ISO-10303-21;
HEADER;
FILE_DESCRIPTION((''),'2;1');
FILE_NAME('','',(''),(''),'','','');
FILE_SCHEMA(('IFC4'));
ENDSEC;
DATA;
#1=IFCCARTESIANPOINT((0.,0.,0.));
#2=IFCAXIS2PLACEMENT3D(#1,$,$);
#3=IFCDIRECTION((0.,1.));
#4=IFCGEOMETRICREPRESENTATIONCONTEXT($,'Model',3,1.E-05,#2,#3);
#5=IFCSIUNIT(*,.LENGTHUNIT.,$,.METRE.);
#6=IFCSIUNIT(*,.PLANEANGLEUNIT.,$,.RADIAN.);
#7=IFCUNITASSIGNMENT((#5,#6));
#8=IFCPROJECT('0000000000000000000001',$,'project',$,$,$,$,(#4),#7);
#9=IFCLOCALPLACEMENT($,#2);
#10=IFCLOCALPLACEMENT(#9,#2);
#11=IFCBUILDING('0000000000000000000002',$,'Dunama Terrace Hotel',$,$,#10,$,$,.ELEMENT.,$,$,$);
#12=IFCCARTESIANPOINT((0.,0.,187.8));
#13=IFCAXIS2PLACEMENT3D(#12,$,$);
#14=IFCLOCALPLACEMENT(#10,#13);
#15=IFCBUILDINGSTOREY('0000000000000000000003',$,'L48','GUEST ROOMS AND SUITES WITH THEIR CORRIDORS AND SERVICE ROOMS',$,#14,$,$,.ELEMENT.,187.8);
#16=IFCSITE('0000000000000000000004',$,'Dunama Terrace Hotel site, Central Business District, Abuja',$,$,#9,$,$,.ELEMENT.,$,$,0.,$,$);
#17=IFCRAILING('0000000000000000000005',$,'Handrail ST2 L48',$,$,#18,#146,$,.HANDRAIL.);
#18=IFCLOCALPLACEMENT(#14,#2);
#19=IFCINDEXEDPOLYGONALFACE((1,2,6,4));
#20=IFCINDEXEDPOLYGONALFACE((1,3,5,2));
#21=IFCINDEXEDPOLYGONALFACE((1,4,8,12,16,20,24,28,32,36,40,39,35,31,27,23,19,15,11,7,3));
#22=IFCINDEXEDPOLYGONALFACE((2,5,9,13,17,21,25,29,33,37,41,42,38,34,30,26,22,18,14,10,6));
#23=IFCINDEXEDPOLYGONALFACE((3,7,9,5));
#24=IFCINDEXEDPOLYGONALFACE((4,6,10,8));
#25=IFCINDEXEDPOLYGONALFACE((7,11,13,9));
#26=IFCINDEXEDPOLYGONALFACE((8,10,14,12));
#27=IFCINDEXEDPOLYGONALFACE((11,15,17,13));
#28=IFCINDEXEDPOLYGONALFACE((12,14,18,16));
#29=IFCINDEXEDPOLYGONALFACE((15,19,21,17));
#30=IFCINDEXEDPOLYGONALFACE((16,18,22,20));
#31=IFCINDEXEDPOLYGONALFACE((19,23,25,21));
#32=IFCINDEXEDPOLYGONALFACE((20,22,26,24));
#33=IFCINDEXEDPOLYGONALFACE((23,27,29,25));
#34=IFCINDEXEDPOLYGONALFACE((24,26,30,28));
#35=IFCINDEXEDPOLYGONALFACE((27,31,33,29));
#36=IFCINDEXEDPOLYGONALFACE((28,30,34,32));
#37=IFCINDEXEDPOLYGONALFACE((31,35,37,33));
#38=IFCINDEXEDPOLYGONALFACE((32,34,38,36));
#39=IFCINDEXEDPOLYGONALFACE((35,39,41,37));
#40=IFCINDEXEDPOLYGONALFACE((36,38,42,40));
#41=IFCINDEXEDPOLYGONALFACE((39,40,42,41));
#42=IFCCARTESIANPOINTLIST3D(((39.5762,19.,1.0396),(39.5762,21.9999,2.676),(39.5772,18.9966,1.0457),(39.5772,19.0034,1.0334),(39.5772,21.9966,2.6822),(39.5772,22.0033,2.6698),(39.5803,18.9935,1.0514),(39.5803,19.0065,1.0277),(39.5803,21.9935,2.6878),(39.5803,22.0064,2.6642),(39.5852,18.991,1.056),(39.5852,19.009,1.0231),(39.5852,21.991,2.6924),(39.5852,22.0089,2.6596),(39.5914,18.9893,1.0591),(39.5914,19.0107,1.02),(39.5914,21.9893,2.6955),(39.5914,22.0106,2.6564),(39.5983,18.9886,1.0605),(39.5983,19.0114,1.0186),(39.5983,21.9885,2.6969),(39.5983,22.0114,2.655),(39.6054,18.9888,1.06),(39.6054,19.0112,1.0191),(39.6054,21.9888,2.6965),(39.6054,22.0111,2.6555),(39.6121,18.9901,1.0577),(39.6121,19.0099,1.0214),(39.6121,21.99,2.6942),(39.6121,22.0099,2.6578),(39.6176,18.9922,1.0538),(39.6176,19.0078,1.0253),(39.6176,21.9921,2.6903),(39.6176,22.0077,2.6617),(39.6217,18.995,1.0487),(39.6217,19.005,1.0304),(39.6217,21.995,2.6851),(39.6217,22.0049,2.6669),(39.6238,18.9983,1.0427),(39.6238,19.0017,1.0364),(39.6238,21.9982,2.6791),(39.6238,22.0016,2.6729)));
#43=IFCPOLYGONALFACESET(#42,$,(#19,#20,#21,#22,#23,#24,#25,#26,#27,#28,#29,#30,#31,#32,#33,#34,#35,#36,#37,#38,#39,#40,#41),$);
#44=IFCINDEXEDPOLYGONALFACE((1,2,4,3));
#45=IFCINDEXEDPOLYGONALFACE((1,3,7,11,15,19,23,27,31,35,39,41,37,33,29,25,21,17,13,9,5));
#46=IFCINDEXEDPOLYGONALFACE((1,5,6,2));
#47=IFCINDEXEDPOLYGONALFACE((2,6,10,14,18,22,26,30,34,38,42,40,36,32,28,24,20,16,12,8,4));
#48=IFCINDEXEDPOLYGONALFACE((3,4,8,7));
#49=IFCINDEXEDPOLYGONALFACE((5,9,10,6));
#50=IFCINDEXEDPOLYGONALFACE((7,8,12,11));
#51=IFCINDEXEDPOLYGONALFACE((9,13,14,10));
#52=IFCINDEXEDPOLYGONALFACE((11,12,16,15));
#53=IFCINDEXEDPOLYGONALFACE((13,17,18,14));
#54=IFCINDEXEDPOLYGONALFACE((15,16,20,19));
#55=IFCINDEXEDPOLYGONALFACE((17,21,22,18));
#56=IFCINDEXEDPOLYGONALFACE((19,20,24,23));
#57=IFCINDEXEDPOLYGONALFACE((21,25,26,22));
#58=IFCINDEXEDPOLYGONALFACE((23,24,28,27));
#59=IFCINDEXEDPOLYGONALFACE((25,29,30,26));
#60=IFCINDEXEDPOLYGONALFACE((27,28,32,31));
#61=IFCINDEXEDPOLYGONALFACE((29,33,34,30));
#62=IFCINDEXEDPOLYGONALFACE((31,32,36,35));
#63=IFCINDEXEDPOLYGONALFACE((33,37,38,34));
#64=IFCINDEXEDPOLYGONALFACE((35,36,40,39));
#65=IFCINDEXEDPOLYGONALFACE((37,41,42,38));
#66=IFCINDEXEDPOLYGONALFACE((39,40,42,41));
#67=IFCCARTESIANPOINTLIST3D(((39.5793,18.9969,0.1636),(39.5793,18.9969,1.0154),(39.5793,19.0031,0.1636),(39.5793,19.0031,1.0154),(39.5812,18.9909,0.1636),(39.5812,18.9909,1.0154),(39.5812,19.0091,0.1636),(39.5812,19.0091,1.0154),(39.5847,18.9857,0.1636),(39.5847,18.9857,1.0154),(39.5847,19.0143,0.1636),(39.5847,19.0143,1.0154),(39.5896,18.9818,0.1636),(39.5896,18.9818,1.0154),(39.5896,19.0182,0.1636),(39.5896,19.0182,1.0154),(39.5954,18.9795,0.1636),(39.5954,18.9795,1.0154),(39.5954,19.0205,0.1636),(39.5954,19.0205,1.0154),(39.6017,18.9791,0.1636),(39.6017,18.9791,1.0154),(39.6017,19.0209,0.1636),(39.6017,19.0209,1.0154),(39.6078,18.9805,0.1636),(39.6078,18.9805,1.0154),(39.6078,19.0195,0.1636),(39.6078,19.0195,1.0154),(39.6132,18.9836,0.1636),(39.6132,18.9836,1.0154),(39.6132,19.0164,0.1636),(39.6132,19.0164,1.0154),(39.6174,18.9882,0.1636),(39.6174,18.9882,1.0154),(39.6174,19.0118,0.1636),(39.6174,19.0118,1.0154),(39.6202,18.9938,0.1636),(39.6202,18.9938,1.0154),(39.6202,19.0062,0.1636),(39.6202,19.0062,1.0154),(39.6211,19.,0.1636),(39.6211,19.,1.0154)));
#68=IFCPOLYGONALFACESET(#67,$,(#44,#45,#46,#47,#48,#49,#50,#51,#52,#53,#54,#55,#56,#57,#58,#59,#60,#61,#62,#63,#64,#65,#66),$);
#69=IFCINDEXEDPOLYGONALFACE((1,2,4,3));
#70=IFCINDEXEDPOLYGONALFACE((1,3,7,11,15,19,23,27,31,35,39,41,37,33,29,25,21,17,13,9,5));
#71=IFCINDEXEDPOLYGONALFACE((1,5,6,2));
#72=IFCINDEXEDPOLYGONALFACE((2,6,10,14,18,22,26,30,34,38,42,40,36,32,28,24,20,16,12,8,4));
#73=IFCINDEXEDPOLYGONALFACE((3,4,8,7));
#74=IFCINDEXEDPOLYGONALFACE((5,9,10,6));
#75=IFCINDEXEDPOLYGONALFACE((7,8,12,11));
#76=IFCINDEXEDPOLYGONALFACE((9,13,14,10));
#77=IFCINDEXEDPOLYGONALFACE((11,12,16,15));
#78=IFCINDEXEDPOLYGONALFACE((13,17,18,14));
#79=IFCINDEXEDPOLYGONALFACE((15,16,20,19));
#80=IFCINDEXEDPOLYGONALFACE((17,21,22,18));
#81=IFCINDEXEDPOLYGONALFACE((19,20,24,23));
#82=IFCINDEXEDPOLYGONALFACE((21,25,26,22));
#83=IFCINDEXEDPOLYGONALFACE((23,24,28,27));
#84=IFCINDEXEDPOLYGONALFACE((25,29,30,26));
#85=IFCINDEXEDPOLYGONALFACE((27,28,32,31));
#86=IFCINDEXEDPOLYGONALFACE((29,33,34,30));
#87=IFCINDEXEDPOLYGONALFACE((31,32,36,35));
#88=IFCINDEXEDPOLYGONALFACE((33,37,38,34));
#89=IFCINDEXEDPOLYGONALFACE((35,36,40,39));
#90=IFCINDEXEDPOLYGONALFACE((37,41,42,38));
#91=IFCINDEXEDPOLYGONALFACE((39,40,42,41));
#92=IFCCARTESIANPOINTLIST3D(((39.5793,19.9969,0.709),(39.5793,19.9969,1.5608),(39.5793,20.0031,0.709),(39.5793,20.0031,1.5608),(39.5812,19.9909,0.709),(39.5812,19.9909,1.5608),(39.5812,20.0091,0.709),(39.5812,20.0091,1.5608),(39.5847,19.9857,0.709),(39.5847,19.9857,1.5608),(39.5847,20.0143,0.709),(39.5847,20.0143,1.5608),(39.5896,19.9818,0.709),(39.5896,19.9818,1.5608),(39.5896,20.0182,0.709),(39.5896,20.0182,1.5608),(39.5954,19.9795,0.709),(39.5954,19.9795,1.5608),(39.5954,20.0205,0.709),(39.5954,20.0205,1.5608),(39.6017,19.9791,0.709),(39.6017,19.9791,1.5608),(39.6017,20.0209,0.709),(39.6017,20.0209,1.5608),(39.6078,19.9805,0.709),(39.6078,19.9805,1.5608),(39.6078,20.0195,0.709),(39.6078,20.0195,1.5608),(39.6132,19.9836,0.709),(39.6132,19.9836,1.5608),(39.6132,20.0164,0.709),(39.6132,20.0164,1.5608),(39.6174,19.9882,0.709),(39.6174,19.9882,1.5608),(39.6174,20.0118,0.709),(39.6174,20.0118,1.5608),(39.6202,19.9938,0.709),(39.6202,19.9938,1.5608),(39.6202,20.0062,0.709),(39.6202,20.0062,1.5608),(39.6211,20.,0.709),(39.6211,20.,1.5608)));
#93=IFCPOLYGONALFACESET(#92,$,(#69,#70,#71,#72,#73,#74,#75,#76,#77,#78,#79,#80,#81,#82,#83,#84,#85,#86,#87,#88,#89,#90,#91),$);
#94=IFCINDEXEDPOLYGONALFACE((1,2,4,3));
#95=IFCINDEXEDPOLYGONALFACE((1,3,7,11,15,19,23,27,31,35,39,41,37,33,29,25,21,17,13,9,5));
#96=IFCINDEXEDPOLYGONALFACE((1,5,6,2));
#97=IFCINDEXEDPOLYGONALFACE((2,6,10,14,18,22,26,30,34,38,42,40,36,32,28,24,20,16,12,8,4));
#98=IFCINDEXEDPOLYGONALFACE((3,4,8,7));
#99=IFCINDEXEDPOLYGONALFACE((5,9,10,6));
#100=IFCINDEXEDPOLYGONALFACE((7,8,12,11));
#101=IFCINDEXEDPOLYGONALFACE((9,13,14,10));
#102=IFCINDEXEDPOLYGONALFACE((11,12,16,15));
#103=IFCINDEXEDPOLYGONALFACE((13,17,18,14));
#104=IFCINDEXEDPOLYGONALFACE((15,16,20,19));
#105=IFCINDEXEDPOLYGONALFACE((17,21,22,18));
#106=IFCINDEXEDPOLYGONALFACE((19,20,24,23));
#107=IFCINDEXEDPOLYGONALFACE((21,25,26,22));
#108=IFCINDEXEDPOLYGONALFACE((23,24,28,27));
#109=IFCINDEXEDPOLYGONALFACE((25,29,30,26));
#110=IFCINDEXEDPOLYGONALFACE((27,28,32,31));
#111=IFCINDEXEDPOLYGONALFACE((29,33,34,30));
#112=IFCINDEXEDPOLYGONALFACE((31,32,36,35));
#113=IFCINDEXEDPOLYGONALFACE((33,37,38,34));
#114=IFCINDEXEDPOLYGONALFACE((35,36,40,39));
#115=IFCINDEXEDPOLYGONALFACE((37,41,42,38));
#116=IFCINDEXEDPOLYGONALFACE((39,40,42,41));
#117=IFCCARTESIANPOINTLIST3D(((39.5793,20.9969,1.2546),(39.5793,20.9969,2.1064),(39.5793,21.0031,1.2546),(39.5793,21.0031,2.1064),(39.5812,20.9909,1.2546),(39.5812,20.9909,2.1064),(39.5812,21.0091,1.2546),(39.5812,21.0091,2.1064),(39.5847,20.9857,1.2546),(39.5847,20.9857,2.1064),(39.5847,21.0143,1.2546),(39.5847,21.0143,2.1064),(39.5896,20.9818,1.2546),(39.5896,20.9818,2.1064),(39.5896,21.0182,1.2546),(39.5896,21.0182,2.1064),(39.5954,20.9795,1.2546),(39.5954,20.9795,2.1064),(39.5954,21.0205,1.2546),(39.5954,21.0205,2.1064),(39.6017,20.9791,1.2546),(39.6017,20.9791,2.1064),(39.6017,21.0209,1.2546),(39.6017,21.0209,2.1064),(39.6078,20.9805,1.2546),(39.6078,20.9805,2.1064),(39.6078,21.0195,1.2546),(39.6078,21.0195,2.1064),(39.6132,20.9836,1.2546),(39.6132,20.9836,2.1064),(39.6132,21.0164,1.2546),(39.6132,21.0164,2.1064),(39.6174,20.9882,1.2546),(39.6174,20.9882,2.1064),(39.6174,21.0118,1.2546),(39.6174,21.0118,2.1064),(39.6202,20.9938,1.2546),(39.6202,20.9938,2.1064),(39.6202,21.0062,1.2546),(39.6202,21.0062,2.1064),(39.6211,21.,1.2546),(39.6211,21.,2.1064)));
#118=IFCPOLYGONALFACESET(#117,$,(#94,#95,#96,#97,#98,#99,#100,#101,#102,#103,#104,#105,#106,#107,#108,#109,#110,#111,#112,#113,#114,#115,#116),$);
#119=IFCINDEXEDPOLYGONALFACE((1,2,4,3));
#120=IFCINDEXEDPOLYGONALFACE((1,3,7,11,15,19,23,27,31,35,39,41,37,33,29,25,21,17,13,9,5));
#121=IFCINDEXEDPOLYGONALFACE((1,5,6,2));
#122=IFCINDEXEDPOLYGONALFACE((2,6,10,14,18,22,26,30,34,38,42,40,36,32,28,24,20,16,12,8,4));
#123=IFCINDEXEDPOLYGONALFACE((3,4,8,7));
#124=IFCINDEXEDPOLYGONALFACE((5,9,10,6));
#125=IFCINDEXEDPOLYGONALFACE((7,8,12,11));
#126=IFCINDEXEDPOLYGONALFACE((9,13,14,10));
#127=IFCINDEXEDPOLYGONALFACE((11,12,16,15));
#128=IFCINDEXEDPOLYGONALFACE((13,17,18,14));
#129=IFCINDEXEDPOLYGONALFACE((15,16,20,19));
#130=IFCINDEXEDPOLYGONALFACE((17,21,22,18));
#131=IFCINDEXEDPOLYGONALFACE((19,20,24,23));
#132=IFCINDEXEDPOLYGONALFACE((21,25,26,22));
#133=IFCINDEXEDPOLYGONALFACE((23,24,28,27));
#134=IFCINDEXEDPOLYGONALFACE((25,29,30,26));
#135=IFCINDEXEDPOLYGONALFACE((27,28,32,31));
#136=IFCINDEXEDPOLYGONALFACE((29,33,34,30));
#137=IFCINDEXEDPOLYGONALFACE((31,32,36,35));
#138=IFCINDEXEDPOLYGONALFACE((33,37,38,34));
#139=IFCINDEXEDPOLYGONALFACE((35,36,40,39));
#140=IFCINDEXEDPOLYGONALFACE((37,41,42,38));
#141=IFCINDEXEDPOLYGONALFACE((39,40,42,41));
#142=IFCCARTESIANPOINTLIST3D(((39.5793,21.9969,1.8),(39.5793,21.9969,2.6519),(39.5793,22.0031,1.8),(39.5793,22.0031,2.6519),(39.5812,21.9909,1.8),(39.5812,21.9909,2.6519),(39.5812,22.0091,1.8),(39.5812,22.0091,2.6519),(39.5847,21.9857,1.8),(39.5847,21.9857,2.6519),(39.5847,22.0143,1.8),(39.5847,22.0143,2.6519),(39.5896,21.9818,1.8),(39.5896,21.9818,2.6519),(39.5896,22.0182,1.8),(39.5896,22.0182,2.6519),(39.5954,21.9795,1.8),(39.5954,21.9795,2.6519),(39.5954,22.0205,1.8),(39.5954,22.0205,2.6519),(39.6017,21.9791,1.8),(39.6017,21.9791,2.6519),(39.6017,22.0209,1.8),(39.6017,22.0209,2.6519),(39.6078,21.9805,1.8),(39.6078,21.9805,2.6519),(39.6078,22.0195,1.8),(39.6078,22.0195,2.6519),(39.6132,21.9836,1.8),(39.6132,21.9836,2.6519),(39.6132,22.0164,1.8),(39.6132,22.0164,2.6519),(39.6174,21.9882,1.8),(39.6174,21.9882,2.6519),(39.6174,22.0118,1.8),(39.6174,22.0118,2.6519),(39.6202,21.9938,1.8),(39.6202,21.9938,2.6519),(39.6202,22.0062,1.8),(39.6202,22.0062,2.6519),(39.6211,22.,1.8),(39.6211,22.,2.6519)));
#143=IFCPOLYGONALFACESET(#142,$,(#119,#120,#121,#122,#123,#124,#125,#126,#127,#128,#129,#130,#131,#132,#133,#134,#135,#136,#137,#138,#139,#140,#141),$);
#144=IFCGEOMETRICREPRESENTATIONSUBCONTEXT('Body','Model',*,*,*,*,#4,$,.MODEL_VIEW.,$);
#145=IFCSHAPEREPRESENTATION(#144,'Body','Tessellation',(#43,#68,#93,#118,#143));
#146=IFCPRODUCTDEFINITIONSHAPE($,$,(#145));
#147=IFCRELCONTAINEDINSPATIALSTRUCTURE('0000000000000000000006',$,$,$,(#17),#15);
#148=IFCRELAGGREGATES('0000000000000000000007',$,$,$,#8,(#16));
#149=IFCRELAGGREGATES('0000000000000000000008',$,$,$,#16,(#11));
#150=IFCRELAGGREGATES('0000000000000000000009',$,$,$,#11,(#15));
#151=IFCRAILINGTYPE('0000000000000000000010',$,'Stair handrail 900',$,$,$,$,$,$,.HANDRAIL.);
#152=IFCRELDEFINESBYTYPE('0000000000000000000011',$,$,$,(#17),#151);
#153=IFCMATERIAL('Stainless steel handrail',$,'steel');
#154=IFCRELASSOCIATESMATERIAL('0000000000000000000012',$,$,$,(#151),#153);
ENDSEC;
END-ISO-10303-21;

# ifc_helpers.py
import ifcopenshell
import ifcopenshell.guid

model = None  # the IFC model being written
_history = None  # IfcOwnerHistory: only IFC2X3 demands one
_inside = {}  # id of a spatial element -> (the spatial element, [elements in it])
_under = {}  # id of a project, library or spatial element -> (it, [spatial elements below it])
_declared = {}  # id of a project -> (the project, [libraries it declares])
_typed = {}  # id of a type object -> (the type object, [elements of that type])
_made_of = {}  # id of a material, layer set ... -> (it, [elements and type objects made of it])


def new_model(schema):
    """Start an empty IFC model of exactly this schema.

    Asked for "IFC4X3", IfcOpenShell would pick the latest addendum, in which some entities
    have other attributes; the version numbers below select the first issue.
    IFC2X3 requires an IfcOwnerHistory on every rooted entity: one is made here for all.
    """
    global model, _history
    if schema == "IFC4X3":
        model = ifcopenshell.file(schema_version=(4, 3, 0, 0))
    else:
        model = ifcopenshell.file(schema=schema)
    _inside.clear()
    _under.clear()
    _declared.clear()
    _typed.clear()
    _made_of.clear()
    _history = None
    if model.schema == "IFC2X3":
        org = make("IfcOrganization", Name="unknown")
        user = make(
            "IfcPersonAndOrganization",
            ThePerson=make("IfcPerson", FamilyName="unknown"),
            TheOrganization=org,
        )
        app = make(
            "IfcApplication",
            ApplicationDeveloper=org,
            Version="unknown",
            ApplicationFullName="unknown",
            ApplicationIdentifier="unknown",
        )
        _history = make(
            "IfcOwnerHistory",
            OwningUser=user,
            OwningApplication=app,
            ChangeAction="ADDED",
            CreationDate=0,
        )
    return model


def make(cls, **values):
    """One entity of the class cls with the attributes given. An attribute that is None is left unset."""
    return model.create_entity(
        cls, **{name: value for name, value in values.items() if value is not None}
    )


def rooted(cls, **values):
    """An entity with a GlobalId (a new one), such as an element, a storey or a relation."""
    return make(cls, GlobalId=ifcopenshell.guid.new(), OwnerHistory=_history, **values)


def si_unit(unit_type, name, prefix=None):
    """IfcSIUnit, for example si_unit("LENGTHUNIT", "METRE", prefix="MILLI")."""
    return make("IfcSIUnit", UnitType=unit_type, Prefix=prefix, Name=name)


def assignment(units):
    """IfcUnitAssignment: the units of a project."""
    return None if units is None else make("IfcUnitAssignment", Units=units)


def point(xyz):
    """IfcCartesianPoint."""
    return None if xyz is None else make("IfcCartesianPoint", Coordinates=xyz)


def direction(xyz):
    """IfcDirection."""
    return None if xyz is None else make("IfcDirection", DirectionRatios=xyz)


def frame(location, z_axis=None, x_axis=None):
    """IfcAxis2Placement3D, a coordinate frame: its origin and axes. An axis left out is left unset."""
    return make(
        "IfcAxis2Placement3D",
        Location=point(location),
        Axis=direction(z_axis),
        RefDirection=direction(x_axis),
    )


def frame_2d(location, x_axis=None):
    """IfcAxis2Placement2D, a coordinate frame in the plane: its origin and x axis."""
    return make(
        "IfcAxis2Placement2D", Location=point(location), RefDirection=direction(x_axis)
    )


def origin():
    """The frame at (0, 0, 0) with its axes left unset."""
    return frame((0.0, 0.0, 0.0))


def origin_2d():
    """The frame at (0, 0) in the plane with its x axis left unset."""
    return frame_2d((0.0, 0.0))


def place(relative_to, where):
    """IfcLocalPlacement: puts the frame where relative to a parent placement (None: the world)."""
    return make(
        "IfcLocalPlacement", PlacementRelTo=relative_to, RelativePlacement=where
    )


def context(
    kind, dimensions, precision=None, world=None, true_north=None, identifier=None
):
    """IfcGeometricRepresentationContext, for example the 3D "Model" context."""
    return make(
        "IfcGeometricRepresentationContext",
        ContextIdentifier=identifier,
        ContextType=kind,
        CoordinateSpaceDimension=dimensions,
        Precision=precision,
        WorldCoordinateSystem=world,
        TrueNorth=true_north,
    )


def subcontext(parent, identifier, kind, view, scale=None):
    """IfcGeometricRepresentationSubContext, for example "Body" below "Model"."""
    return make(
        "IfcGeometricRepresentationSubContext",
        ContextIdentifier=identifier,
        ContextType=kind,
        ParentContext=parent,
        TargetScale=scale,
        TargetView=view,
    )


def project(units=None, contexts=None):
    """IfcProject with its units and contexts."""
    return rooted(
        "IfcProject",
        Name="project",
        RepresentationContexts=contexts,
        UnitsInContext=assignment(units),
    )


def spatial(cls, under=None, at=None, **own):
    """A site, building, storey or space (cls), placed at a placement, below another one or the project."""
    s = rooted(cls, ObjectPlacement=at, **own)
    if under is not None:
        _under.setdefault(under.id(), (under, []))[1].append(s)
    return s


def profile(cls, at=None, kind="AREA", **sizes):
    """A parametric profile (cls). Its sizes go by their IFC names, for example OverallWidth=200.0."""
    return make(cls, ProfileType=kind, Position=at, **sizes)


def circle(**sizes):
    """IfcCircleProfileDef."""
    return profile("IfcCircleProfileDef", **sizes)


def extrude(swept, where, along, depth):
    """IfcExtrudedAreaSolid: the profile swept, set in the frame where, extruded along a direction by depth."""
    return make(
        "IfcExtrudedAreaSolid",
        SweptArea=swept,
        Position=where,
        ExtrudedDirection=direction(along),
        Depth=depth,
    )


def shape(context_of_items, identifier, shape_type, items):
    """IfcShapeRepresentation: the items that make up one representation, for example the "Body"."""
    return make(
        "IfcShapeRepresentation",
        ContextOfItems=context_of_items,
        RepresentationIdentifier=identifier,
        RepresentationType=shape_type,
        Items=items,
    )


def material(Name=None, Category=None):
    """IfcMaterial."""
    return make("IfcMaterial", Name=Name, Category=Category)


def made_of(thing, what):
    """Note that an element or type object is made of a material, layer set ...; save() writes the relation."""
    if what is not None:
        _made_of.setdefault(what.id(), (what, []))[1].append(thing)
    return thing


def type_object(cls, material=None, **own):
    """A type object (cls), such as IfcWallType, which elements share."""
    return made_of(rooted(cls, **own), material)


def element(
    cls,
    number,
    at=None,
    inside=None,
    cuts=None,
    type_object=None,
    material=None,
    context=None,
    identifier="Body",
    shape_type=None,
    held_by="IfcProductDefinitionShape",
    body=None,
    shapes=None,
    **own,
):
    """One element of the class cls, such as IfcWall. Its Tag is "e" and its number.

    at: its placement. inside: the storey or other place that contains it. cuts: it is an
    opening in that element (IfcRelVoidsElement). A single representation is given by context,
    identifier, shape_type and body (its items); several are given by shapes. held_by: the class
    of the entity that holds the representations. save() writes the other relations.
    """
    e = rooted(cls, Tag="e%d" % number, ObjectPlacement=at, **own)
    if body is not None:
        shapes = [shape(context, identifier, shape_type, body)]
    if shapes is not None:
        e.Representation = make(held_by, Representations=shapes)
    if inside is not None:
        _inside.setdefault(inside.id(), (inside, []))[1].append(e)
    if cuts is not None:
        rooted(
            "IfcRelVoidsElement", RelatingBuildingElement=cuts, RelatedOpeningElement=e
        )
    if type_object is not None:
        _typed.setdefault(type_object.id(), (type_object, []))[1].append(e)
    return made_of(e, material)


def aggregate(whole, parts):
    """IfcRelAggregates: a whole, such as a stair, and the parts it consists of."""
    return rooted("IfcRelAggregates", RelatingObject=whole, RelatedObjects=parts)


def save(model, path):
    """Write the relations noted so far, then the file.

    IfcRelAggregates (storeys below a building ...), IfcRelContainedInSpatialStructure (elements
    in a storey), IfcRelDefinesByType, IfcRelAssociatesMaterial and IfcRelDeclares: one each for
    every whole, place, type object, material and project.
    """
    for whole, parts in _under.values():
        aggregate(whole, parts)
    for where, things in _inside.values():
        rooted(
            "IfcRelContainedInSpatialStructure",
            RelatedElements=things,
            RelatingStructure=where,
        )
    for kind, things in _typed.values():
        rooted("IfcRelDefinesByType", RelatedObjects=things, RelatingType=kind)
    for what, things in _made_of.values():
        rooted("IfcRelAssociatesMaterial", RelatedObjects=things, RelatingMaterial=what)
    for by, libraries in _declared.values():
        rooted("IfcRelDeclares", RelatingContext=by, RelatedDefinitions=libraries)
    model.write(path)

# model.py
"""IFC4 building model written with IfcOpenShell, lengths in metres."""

from ifc_helpers import new_model, si_unit, direction, frame, origin, origin_2d, place, context, subcontext, project, spatial, circle, extrude, material, type_object, element, save


model = new_model("IFC4")

# Units and contexts
model_context = context("Model", 3, precision=1e-05, world=origin(), true_north=direction((0.0, 1.0)))
body_context = subcontext(model_context, "Body", "Model", "MODEL_VIEW")
ifc_project = project(units=[si_unit("LENGTHUNIT", "METRE"), si_unit("PLANEANGLEUNIT", "RADIAN")], contexts=[model_context])

# Site, building, storey
site_placement = place(None, origin())
site = spatial("IfcSite", under=ifc_project, at=site_placement, Name="Dunama Terrace Hotel site, Central Business District, Abuja", CompositionType="ELEMENT", RefElevation=0.0)
building_placement = place(site_placement, origin())
building = spatial("IfcBuilding", under=site, at=building_placement, Name="Dunama Terrace Hotel", CompositionType="ELEMENT")
storey_placement = place(building_placement, frame((0.0, 0.0, 187.8)))
storey = spatial("IfcBuildingStorey", under=building, at=storey_placement, Name="L48", Description="GUEST ROOMS AND SUITES WITH THEIR CORRIDORS AND SERVICE ROOMS", CompositionType="ELEMENT", Elevation=187.8)

# Railing
ifc_material_1 = material(Name="Stainless steel handrail", Category="steel")
railing_type = type_object("IfcRailingType", Name="Stair handrail 900", PredefinedType="HANDRAIL", material=ifc_material_1)
railing_1_placement = place(storey_placement, frame((39.6001, 19.0, 0.1636)))
element("IfcRailing", 1, at=railing_1_placement, inside=storey, type_object=railing_type, Name="Handrail ST2 L48", PredefinedType="HANDRAIL", context=body_context, shape_type="SweptSolid", body=[
    extrude(circle(Radius=0.0239, at=origin_2d()), frame((0.0, 0.0, 0.876), z_axis=(0.0, 0.877882, 0.478877), x_axis=(-1.0, 0.0, 0.0)), (0.0, 0.0, 1.0), 3.4172),
    extrude(circle(Radius=0.021, at=origin_2d()), origin(), (0.0, 0.0, 1.0), 0.8518),
    extrude(circle(Radius=0.021, at=origin_2d()), frame((0.0, 1.0, 0.5454)), (0.0, 0.0, 1.0), 0.8518),
    extrude(circle(Radius=0.021, at=origin_2d()), frame((0.0, 2.0, 1.0911)), (0.0, 0.0, 1.0), 0.8518),
    extrude(circle(Radius=0.021, at=origin_2d()), frame((0.0, 3.0, 1.6365)), (0.0, 0.0, 1.0), 0.8518),
])

save(model, "model.ifc")
